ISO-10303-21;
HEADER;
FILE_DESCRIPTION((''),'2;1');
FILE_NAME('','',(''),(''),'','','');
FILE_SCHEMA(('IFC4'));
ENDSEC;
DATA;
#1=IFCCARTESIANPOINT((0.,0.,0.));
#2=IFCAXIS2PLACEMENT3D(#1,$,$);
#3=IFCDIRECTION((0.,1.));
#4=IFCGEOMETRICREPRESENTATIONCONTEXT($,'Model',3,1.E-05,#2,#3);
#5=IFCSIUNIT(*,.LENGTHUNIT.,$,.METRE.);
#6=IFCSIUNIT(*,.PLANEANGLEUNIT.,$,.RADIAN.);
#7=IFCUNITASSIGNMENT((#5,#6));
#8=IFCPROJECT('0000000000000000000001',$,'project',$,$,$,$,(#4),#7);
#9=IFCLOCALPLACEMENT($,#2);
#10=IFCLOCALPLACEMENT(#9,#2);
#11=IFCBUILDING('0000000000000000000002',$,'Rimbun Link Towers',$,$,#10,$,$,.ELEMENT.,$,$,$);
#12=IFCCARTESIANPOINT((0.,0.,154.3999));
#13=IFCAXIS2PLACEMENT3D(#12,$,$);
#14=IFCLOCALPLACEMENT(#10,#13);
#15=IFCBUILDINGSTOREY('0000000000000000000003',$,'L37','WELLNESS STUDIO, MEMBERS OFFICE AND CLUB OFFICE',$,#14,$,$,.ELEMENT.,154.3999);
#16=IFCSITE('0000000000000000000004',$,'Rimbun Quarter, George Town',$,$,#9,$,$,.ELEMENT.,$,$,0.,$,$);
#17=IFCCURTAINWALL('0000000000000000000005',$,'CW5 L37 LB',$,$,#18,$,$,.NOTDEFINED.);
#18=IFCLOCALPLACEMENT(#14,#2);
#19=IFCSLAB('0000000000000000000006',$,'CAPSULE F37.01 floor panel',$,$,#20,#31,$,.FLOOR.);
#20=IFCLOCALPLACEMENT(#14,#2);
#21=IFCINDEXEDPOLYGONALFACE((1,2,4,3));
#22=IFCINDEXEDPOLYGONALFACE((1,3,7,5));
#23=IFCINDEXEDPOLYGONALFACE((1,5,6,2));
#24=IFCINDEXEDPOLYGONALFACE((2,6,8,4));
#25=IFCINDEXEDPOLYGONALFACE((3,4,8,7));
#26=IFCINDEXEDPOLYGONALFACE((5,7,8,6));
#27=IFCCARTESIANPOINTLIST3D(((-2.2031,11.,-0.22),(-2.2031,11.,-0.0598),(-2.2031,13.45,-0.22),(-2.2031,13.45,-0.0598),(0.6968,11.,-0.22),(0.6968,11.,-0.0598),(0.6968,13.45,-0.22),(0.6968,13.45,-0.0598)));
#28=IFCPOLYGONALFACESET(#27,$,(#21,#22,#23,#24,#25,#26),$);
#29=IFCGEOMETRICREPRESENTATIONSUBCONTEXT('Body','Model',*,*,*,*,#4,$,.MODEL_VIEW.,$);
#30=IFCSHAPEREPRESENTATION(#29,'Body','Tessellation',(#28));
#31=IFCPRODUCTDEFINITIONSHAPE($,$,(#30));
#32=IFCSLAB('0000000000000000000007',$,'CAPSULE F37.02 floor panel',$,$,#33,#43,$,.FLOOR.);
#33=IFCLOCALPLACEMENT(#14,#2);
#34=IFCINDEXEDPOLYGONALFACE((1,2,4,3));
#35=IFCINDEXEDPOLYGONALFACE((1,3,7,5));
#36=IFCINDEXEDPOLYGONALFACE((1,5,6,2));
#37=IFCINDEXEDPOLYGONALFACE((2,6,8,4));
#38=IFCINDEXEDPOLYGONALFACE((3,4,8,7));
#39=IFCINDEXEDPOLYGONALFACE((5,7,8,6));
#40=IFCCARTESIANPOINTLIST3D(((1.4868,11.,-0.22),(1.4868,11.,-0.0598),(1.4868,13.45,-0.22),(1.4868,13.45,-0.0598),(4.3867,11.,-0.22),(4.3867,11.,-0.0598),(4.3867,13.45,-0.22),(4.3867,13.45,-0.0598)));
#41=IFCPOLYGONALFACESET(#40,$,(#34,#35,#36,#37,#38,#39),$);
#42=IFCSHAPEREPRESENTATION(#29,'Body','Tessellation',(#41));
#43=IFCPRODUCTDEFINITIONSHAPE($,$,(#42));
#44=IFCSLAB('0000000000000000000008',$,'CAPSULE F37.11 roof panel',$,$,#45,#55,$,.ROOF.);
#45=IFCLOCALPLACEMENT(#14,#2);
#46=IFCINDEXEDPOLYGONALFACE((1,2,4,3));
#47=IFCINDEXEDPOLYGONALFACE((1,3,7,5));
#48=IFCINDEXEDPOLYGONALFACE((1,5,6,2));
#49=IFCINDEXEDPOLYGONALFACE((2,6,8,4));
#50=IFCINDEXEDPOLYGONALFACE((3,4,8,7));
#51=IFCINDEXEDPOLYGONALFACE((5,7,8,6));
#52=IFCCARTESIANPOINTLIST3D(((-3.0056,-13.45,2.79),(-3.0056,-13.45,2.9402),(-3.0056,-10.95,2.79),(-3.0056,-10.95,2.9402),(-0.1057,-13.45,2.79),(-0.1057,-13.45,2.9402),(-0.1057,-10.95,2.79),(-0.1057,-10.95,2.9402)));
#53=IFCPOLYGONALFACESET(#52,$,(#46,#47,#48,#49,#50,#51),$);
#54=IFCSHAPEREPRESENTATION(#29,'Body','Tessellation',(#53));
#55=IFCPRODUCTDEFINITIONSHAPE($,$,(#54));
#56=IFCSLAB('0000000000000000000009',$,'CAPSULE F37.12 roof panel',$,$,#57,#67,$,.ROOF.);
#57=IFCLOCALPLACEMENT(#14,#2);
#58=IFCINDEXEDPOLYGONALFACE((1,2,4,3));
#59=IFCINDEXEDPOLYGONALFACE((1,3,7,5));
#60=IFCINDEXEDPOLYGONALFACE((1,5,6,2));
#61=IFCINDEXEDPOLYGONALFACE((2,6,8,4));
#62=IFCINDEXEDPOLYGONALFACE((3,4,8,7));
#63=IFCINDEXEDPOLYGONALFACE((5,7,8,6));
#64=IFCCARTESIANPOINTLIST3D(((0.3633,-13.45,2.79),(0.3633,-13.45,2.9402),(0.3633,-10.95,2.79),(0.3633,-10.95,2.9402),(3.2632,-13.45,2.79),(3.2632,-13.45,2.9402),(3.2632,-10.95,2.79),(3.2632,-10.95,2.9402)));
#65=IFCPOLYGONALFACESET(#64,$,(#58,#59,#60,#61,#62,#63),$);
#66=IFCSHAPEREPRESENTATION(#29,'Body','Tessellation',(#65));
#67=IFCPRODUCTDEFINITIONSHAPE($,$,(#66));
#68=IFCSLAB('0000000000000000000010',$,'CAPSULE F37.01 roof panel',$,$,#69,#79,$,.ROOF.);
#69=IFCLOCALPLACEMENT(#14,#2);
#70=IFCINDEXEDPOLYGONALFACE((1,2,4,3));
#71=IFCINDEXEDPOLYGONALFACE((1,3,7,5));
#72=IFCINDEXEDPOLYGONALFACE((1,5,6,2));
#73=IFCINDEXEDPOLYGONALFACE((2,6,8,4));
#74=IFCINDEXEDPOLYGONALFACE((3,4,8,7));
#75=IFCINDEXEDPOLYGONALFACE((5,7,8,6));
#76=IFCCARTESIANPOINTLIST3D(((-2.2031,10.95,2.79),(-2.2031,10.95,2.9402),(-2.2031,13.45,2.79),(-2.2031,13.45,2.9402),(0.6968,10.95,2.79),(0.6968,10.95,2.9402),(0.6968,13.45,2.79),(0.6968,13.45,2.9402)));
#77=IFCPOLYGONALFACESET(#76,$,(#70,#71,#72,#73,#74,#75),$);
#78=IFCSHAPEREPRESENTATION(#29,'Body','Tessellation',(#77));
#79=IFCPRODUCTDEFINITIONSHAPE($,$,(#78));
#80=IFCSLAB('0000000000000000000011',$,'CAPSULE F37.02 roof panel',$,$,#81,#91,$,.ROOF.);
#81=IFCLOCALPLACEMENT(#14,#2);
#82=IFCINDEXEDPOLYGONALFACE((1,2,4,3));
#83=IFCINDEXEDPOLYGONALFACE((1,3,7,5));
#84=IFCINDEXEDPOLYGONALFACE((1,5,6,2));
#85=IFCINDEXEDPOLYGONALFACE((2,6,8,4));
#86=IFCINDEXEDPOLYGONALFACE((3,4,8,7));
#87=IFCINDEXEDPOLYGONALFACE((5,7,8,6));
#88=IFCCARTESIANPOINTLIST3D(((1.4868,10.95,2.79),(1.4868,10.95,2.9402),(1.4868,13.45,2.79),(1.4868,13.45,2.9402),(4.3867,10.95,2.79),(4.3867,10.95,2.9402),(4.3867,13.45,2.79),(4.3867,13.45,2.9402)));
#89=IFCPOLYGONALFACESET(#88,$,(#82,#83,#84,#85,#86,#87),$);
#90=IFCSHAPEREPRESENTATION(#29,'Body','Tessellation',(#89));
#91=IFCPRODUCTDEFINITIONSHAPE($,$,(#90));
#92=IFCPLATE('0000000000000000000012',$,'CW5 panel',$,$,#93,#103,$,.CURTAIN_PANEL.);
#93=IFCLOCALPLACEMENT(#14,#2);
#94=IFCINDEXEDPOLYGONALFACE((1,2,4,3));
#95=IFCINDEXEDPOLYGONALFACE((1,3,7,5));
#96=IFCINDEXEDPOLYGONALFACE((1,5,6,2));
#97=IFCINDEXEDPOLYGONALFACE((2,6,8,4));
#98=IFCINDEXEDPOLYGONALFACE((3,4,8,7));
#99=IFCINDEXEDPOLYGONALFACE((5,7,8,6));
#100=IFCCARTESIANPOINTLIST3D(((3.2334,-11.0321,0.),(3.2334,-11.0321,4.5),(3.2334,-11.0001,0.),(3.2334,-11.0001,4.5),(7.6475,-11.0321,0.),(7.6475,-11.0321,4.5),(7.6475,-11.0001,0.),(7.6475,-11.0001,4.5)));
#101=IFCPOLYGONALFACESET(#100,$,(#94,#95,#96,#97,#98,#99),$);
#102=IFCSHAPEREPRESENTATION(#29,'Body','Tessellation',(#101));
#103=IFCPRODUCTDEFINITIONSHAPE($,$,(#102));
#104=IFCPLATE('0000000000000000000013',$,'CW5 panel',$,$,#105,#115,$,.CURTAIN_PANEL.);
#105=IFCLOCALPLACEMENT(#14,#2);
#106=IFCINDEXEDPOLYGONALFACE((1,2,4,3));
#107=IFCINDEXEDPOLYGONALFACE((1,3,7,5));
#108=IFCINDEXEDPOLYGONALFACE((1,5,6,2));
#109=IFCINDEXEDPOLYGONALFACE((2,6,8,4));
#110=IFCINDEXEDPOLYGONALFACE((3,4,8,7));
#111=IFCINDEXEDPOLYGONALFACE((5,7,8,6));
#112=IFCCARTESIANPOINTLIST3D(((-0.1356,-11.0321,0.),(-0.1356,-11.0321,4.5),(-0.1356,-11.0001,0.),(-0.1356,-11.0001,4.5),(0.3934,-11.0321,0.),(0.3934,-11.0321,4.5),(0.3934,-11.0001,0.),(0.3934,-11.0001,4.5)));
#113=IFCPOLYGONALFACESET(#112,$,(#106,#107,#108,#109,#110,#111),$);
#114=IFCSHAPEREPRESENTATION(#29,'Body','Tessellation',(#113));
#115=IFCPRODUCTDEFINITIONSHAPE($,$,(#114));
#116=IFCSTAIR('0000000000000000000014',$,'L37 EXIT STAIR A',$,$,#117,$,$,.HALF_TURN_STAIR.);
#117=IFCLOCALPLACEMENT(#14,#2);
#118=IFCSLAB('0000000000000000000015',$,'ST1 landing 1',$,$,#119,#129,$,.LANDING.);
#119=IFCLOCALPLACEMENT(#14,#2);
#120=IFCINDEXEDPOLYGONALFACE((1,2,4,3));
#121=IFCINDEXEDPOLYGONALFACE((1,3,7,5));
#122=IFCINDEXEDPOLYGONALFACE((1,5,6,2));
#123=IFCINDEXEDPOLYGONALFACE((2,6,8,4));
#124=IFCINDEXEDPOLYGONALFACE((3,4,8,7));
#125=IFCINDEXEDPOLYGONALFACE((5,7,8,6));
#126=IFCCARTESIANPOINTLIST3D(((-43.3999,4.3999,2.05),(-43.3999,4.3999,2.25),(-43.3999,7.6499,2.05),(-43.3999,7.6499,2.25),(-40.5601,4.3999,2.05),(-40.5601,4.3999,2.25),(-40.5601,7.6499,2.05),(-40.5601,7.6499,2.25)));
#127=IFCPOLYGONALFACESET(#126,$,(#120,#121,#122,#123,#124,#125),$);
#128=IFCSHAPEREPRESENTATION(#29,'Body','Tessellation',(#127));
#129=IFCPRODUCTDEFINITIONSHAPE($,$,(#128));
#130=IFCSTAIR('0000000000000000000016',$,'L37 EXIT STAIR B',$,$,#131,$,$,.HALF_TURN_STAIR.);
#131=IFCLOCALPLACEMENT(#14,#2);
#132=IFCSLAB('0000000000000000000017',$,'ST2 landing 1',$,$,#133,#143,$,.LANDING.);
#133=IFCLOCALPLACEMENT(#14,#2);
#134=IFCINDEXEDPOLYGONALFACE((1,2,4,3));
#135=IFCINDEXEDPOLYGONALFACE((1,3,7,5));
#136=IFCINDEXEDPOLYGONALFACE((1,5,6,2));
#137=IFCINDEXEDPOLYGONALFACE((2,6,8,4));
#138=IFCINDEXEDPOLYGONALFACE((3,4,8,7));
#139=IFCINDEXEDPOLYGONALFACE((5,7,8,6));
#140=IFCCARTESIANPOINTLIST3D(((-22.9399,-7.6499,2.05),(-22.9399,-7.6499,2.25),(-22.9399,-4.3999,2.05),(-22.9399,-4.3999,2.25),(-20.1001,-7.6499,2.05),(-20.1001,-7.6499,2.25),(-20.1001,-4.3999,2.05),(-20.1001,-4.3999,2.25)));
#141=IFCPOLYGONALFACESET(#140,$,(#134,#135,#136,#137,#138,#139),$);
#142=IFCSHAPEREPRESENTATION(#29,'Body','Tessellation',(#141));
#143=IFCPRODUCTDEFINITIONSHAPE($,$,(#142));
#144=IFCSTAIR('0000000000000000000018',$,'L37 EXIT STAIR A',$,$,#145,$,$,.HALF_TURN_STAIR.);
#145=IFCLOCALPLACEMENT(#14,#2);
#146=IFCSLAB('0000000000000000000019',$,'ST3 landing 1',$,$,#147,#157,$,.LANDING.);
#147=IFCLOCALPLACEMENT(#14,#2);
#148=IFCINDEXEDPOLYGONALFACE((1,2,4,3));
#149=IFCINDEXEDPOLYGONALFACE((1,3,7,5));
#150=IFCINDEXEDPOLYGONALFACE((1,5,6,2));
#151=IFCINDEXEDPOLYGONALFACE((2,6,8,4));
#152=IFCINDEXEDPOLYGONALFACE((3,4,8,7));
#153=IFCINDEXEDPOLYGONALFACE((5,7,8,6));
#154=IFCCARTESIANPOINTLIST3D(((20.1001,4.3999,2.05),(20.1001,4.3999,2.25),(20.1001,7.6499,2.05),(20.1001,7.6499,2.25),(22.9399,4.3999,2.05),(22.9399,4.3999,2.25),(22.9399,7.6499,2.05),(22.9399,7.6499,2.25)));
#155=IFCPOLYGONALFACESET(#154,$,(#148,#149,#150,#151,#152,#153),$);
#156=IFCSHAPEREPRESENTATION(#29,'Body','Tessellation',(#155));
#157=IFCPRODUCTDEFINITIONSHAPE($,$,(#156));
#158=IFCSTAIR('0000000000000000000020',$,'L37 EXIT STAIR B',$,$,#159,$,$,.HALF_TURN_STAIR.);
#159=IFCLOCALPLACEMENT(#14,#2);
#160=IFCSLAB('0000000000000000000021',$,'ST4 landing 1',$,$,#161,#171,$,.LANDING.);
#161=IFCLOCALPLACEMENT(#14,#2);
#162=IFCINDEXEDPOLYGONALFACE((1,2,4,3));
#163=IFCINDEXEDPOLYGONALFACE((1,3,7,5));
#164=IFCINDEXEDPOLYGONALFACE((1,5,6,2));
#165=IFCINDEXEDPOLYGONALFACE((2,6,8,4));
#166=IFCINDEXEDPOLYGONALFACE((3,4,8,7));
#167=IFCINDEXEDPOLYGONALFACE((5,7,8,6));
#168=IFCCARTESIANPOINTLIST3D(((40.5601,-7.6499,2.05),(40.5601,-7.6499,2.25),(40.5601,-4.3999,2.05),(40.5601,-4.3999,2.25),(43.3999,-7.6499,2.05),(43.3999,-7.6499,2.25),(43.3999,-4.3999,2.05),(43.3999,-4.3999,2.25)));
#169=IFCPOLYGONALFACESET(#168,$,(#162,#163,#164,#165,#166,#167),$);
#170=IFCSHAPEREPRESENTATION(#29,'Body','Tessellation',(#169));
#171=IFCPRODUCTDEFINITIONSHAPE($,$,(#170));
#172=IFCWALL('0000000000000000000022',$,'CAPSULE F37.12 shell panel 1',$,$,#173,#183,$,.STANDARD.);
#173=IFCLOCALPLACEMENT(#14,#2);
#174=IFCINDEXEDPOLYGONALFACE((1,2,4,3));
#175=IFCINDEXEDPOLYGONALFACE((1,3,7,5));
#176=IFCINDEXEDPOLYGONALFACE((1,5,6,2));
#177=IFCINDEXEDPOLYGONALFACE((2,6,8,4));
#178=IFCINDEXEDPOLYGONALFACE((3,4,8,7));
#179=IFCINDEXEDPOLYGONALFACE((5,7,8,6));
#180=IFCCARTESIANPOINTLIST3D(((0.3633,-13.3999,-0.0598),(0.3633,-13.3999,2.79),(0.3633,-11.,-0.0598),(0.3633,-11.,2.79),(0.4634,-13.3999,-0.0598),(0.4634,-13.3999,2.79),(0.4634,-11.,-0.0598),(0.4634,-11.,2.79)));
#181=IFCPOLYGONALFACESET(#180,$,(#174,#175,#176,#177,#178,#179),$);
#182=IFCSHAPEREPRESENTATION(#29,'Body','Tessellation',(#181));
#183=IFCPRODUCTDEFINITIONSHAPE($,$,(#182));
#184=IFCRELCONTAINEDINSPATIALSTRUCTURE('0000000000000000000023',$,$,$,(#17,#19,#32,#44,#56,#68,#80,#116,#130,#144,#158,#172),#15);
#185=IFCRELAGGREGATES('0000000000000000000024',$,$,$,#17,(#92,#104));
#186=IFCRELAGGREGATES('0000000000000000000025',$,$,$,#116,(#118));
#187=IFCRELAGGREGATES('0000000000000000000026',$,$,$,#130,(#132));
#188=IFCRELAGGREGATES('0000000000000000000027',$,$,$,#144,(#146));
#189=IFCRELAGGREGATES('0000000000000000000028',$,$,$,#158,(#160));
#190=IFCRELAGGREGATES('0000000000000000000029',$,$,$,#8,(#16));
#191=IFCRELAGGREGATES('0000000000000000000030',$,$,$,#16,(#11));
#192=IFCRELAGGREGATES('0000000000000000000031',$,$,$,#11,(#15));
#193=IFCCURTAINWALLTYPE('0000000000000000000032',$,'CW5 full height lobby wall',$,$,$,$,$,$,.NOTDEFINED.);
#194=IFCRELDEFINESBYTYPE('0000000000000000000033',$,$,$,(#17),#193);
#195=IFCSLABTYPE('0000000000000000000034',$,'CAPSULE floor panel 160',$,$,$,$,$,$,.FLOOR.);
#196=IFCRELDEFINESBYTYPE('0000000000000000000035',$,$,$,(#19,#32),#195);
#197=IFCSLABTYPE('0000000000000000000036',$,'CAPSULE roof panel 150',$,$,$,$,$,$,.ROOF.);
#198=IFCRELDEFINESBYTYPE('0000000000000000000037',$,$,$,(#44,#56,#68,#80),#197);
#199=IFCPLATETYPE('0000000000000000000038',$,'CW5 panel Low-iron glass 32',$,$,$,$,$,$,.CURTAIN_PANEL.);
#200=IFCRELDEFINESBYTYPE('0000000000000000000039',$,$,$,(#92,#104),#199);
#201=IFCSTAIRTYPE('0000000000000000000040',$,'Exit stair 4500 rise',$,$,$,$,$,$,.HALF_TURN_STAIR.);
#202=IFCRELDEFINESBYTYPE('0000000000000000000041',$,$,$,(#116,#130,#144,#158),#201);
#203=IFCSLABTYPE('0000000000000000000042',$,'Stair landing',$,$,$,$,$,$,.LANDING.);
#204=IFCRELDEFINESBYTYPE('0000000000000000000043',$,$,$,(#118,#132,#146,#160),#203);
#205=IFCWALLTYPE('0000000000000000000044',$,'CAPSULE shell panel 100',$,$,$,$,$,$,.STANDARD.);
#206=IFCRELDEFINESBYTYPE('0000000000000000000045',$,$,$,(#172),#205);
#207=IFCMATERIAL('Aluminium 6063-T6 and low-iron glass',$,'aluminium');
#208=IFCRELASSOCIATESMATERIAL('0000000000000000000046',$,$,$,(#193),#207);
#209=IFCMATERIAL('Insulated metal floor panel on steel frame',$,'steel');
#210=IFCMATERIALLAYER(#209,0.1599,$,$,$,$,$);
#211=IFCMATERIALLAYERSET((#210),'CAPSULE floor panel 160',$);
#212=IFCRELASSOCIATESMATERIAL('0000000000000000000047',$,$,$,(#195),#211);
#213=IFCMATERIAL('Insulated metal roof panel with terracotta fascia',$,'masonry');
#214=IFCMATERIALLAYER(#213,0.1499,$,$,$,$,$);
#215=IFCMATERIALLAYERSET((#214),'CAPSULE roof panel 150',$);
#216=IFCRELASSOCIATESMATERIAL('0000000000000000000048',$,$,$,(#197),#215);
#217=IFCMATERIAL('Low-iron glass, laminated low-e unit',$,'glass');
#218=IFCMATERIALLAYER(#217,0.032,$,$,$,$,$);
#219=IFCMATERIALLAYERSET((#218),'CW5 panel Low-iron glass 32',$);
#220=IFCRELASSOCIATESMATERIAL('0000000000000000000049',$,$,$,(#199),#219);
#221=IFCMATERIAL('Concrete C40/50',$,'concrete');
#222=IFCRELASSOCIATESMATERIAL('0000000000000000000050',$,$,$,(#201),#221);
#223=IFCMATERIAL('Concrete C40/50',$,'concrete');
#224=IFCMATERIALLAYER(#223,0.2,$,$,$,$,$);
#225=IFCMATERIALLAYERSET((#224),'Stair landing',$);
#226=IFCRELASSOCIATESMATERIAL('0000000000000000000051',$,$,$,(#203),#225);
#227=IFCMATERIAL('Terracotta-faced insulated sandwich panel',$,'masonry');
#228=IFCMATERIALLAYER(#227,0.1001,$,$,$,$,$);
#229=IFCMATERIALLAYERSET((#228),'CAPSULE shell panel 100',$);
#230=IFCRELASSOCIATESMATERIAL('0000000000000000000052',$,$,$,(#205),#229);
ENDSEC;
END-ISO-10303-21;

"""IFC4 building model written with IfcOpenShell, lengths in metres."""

from ifc_helpers import new_model, si_unit, direction, frame, frame_2d, origin, origin_2d, place, context, subcontext, project, spatial, polyline, rectangle, outline, extrude, material, layer, layer_set, type_object, element, aggregate, save


model = new_model("IFC4")

# Units and contexts
model_context = context("Model", 3, precision=1e-05, world=origin(), true_north=direction((0.0, 1.0)))
body_context = subcontext(model_context, "Body", "Model", "MODEL_VIEW")
ifc_project = project(units=[si_unit("LENGTHUNIT", "METRE"), si_unit("PLANEANGLEUNIT", "RADIAN")], contexts=[model_context])

# Site, building, storey
site_placement = place(None, origin())
site = spatial("IfcSite", under=ifc_project, at=site_placement, Name="Rimbun Quarter, George Town", CompositionType="ELEMENT", RefElevation=0.0)
building_placement = place(site_placement, origin())
building = spatial("IfcBuilding", under=site, at=building_placement, Name="Rimbun Link Towers", CompositionType="ELEMENT")
storey_placement = place(building_placement, frame((0.0, 0.0, 154.3999)))
storey = spatial("IfcBuildingStorey", under=building, at=storey_placement, Name="L37", Description="WELLNESS STUDIO, MEMBERS OFFICE AND CLUB OFFICE", CompositionType="ELEMENT", Elevation=154.3999)

# Curtain wall
ifc_material_1 = material(Name="Aluminium 6063-T6 and low-iron glass", Category="aluminium")
curtain_wall_type = type_object("IfcCurtainWallType", Name="CW5 full height lobby wall", PredefinedType="NOTDEFINED", material=ifc_material_1)
curtain_wall_placement = place(storey_placement, origin())
curtain_wall = element("IfcCurtainWall", 1, at=curtain_wall_placement, inside=storey, type_object=curtain_wall_type, Name="CW5 L37 LB", PredefinedType="NOTDEFINED")

# Slabs
ifc_material_2 = material(Name="Insulated metal floor panel on steel frame", Category="steel")
ifc_layer_1 = layer(ifc_material_2, 0.1599)
ifc_layer_set_1 = layer_set([ifc_layer_1], Name="CAPSULE floor panel 160")
slab_type_1 = type_object("IfcSlabType", Name="CAPSULE floor panel 160", PredefinedType="FLOOR", material=ifc_layer_set_1)
slab_1_placement = place(storey_placement, frame((0.0, 0.0, -0.22)))
element("IfcSlab", 2, at=slab_1_placement, inside=storey, type_object=slab_type_1, Name="CAPSULE F37.01 floor panel", PredefinedType="FLOOR", context=body_context, shape_type="SweptSolid", body=[
    extrude(outline(polyline([(-2.2031, 11.0), (0.6968, 11.0), (0.6968, 13.45), (-2.2031, 13.45), (-2.2031, 11.0)])), origin(), (0.0, 0.0, 1.0), 0.1602),
])
slab_2_placement = place(storey_placement, frame((0.0, 0.0, -0.22)))
element("IfcSlab", 3, at=slab_2_placement, inside=storey, type_object=slab_type_1, Name="CAPSULE F37.02 floor panel", PredefinedType="FLOOR", context=body_context, shape_type="SweptSolid", body=[
    extrude(outline(polyline([(1.4868, 11.0), (4.3867, 11.0), (4.3867, 13.45), (1.4868, 13.45), (1.4868, 11.0)])), origin(), (0.0, 0.0, 1.0), 0.1602),
])
ifc_material_3 = material(Name="Insulated metal roof panel with terracotta fascia", Category="masonry")
ifc_layer_2 = layer(ifc_material_3, 0.1499)
ifc_layer_set_2 = layer_set([ifc_layer_2], Name="CAPSULE roof panel 150")
slab_type_2 = type_object("IfcSlabType", Name="CAPSULE roof panel 150", PredefinedType="ROOF", material=ifc_layer_set_2)
slab_3_placement = place(storey_placement, frame((0.0, 0.0, 2.79)))
element("IfcSlab", 4, at=slab_3_placement, inside=storey, type_object=slab_type_2, Name="CAPSULE F37.11 roof panel", PredefinedType="ROOF", context=body_context, shape_type="SweptSolid", body=[
    extrude(outline(polyline([(-3.0056, -13.45), (-0.1057, -13.45), (-0.1057, -10.95), (-3.0056, -10.95), (-3.0056, -13.45)])), origin(), (0.0, 0.0, 1.0), 0.1501),
])
slab_4_placement = place(storey_placement, frame((0.0, 0.0, 2.79)))
element("IfcSlab", 5, at=slab_4_placement, inside=storey, type_object=slab_type_2, Name="CAPSULE F37.12 roof panel", PredefinedType="ROOF", context=body_context, shape_type="SweptSolid", body=[
    extrude(outline(polyline([(0.3633, -13.45), (3.2632, -13.45), (3.2632, -10.95), (0.3633, -10.95), (0.3633, -13.45)])), origin(), (0.0, 0.0, 1.0), 0.1501),
])
slab_5_placement = place(storey_placement, frame((0.0, 0.0, 2.79)))
element("IfcSlab", 6, at=slab_5_placement, inside=storey, type_object=slab_type_2, Name="CAPSULE F37.01 roof panel", PredefinedType="ROOF", context=body_context, shape_type="SweptSolid", body=[
    extrude(outline(polyline([(0.6968, 13.45), (-2.2031, 13.45), (-2.2031, 10.95), (0.6968, 10.95), (0.6968, 13.45)])), origin(), (0.0, 0.0, 1.0), 0.1501),
])
slab_6_placement = place(storey_placement, frame((0.0, 0.0, 2.79)))
element("IfcSlab", 7, at=slab_6_placement, inside=storey, type_object=slab_type_2, Name="CAPSULE F37.02 roof panel", PredefinedType="ROOF", context=body_context, shape_type="SweptSolid", body=[
    extrude(outline(polyline([(4.3867, 13.45), (1.4868, 13.45), (1.4868, 10.95), (4.3867, 10.95), (4.3867, 13.45)])), origin(), (0.0, 0.0, 1.0), 0.1501),
])

# Plates
ifc_material_4 = material(Name="Low-iron glass, laminated low-e unit", Category="glass")
ifc_layer_3 = layer(ifc_material_4, 0.032)
ifc_layer_set_3 = layer_set([ifc_layer_3], Name="CW5 panel Low-iron glass 32")
plate_type = type_object("IfcPlateType", Name="CW5 panel Low-iron glass 32", PredefinedType="CURTAIN_PANEL", material=ifc_layer_set_3)
plate_1_placement = place(storey_placement, frame((5.4404, -11.0161, 0.0), z_axis=(0.0, 0.0, 1.0), x_axis=(-1.0, 0.0, 0.0)))
plate_1 = element("IfcPlate", 8, at=plate_1_placement, type_object=plate_type, Name="CW5 panel", PredefinedType="CURTAIN_PANEL", context=body_context, shape_type="SweptSolid", body=[
    extrude(rectangle(XDim=4.4141, YDim=0.032, at=origin_2d()), origin(), (0.0, 0.0, 1.0), 4.5),
])
plate_2_placement = place(storey_placement, frame((0.1289, -11.0161, 0.0), z_axis=(0.0, 0.0, 1.0), x_axis=(-1.0, 0.0, 0.0)))
plate_2 = element("IfcPlate", 9, at=plate_2_placement, type_object=plate_type, Name="CW5 panel", PredefinedType="CURTAIN_PANEL", context=body_context, shape_type="SweptSolid", body=[
    extrude(rectangle(XDim=0.5291, YDim=0.032, at=origin_2d()), origin(), (0.0, 0.0, 1.0), 4.5),
])
aggregate(curtain_wall, [plate_1, plate_2])

# Stairs, slabs
ifc_material_5 = material(Name="Concrete C40/50", Category="concrete")
stair_type = type_object("IfcStairType", Name="Exit stair 4500 rise", PredefinedType="HALF_TURN_STAIR", material=ifc_material_5)
stair_1_placement = place(storey_placement, origin())
stair_1 = element("IfcStair", 10, at=stair_1_placement, inside=storey, type_object=stair_type, Name="L37 EXIT STAIR A", PredefinedType="HALF_TURN_STAIR")
ifc_material_6 = material(Name="Concrete C40/50", Category="concrete")
ifc_layer_4 = layer(ifc_material_6, 0.2)
ifc_layer_set_4 = layer_set([ifc_layer_4], Name="Stair landing")
slab_type_3 = type_object("IfcSlabType", Name="Stair landing", PredefinedType="LANDING", material=ifc_layer_set_4)
slab_7_placement = place(storey_placement, frame((0.0, 0.0, 2.05)))
slab_7 = element("IfcSlab", 11, at=slab_7_placement, type_object=slab_type_3, Name="ST1 landing 1", PredefinedType="LANDING", context=body_context, shape_type="SweptSolid", body=[
    extrude(outline(polyline([(-40.5601, 7.6499), (-43.3999, 7.6499), (-43.3999, 4.3999), (-40.5601, 4.3999), (-40.5601, 7.6499)])), origin(), (0.0, 0.0, 1.0), 0.2),
])
aggregate(stair_1, [slab_7])
stair_2_placement = place(storey_placement, origin())
stair_2 = element("IfcStair", 12, at=stair_2_placement, inside=storey, type_object=stair_type, Name="L37 EXIT STAIR B", PredefinedType="HALF_TURN_STAIR")
slab_8_placement = place(storey_placement, frame((0.0, 0.0, 2.05)))
slab_8 = element("IfcSlab", 13, at=slab_8_placement, type_object=slab_type_3, Name="ST2 landing 1", PredefinedType="LANDING", context=body_context, shape_type="SweptSolid", body=[
    extrude(outline(polyline([(-22.9399, -7.6499), (-20.1001, -7.6499), (-20.1001, -4.3999), (-22.9399, -4.3999), (-22.9399, -7.6499)])), origin(), (0.0, 0.0, 1.0), 0.2),
])
aggregate(stair_2, [slab_8])
stair_3_placement = place(storey_placement, origin())
stair_3 = element("IfcStair", 14, at=stair_3_placement, inside=storey, type_object=stair_type, Name="L37 EXIT STAIR A", PredefinedType="HALF_TURN_STAIR")
slab_9_placement = place(storey_placement, frame((0.0, 0.0, 2.05)))
slab_9 = element("IfcSlab", 15, at=slab_9_placement, type_object=slab_type_3, Name="ST3 landing 1", PredefinedType="LANDING", context=body_context, shape_type="SweptSolid", body=[
    extrude(outline(polyline([(22.9399, 7.6499), (20.1001, 7.6499), (20.1001, 4.3999), (22.9399, 4.3999), (22.9399, 7.6499)])), origin(), (0.0, 0.0, 1.0), 0.2),
])
aggregate(stair_3, [slab_9])
stair_4_placement = place(storey_placement, origin())
stair_4 = element("IfcStair", 16, at=stair_4_placement, inside=storey, type_object=stair_type, Name="L37 EXIT STAIR B", PredefinedType="HALF_TURN_STAIR")
slab_10_placement = place(storey_placement, frame((0.0, 0.0, 2.05)))
slab_10 = element("IfcSlab", 17, at=slab_10_placement, type_object=slab_type_3, Name="ST4 landing 1", PredefinedType="LANDING", context=body_context, shape_type="SweptSolid", body=[
    extrude(outline(polyline([(40.5601, -7.6499), (43.3999, -7.6499), (43.3999, -4.3999), (40.5601, -4.3999), (40.5601, -7.6499)])), origin(), (0.0, 0.0, 1.0), 0.2),
])
aggregate(stair_4, [slab_10])

# Wall
ifc_material_7 = material(Name="Terracotta-faced insulated sandwich panel", Category="masonry")
ifc_layer_5 = layer(ifc_material_7, 0.1001)
ifc_layer_set_5 = layer_set([ifc_layer_5], Name="CAPSULE shell panel 100")
wall_type = type_object("IfcWallType", Name="CAPSULE shell panel 100", PredefinedType="STANDARD", material=ifc_layer_set_5)
wall_1_placement = place(storey_placement, frame((0.4133, -11.0, -0.0598), z_axis=(0.0, 0.0, 1.0), x_axis=(0.0, -1.0, 0.0)))
element("IfcWall", 18, at=wall_1_placement, inside=storey, type_object=wall_type, Name="CAPSULE F37.12 shell panel 1", PredefinedType="STANDARD", context=body_context, shape_type="SweptSolid", body=[
    extrude(rectangle(XDim=2.3999, YDim=0.1001, at=frame_2d((1.2, 0.0))), origin(), (0.0, 0.0, 1.0), 2.8499),
])

save(model, "model.ifc")
